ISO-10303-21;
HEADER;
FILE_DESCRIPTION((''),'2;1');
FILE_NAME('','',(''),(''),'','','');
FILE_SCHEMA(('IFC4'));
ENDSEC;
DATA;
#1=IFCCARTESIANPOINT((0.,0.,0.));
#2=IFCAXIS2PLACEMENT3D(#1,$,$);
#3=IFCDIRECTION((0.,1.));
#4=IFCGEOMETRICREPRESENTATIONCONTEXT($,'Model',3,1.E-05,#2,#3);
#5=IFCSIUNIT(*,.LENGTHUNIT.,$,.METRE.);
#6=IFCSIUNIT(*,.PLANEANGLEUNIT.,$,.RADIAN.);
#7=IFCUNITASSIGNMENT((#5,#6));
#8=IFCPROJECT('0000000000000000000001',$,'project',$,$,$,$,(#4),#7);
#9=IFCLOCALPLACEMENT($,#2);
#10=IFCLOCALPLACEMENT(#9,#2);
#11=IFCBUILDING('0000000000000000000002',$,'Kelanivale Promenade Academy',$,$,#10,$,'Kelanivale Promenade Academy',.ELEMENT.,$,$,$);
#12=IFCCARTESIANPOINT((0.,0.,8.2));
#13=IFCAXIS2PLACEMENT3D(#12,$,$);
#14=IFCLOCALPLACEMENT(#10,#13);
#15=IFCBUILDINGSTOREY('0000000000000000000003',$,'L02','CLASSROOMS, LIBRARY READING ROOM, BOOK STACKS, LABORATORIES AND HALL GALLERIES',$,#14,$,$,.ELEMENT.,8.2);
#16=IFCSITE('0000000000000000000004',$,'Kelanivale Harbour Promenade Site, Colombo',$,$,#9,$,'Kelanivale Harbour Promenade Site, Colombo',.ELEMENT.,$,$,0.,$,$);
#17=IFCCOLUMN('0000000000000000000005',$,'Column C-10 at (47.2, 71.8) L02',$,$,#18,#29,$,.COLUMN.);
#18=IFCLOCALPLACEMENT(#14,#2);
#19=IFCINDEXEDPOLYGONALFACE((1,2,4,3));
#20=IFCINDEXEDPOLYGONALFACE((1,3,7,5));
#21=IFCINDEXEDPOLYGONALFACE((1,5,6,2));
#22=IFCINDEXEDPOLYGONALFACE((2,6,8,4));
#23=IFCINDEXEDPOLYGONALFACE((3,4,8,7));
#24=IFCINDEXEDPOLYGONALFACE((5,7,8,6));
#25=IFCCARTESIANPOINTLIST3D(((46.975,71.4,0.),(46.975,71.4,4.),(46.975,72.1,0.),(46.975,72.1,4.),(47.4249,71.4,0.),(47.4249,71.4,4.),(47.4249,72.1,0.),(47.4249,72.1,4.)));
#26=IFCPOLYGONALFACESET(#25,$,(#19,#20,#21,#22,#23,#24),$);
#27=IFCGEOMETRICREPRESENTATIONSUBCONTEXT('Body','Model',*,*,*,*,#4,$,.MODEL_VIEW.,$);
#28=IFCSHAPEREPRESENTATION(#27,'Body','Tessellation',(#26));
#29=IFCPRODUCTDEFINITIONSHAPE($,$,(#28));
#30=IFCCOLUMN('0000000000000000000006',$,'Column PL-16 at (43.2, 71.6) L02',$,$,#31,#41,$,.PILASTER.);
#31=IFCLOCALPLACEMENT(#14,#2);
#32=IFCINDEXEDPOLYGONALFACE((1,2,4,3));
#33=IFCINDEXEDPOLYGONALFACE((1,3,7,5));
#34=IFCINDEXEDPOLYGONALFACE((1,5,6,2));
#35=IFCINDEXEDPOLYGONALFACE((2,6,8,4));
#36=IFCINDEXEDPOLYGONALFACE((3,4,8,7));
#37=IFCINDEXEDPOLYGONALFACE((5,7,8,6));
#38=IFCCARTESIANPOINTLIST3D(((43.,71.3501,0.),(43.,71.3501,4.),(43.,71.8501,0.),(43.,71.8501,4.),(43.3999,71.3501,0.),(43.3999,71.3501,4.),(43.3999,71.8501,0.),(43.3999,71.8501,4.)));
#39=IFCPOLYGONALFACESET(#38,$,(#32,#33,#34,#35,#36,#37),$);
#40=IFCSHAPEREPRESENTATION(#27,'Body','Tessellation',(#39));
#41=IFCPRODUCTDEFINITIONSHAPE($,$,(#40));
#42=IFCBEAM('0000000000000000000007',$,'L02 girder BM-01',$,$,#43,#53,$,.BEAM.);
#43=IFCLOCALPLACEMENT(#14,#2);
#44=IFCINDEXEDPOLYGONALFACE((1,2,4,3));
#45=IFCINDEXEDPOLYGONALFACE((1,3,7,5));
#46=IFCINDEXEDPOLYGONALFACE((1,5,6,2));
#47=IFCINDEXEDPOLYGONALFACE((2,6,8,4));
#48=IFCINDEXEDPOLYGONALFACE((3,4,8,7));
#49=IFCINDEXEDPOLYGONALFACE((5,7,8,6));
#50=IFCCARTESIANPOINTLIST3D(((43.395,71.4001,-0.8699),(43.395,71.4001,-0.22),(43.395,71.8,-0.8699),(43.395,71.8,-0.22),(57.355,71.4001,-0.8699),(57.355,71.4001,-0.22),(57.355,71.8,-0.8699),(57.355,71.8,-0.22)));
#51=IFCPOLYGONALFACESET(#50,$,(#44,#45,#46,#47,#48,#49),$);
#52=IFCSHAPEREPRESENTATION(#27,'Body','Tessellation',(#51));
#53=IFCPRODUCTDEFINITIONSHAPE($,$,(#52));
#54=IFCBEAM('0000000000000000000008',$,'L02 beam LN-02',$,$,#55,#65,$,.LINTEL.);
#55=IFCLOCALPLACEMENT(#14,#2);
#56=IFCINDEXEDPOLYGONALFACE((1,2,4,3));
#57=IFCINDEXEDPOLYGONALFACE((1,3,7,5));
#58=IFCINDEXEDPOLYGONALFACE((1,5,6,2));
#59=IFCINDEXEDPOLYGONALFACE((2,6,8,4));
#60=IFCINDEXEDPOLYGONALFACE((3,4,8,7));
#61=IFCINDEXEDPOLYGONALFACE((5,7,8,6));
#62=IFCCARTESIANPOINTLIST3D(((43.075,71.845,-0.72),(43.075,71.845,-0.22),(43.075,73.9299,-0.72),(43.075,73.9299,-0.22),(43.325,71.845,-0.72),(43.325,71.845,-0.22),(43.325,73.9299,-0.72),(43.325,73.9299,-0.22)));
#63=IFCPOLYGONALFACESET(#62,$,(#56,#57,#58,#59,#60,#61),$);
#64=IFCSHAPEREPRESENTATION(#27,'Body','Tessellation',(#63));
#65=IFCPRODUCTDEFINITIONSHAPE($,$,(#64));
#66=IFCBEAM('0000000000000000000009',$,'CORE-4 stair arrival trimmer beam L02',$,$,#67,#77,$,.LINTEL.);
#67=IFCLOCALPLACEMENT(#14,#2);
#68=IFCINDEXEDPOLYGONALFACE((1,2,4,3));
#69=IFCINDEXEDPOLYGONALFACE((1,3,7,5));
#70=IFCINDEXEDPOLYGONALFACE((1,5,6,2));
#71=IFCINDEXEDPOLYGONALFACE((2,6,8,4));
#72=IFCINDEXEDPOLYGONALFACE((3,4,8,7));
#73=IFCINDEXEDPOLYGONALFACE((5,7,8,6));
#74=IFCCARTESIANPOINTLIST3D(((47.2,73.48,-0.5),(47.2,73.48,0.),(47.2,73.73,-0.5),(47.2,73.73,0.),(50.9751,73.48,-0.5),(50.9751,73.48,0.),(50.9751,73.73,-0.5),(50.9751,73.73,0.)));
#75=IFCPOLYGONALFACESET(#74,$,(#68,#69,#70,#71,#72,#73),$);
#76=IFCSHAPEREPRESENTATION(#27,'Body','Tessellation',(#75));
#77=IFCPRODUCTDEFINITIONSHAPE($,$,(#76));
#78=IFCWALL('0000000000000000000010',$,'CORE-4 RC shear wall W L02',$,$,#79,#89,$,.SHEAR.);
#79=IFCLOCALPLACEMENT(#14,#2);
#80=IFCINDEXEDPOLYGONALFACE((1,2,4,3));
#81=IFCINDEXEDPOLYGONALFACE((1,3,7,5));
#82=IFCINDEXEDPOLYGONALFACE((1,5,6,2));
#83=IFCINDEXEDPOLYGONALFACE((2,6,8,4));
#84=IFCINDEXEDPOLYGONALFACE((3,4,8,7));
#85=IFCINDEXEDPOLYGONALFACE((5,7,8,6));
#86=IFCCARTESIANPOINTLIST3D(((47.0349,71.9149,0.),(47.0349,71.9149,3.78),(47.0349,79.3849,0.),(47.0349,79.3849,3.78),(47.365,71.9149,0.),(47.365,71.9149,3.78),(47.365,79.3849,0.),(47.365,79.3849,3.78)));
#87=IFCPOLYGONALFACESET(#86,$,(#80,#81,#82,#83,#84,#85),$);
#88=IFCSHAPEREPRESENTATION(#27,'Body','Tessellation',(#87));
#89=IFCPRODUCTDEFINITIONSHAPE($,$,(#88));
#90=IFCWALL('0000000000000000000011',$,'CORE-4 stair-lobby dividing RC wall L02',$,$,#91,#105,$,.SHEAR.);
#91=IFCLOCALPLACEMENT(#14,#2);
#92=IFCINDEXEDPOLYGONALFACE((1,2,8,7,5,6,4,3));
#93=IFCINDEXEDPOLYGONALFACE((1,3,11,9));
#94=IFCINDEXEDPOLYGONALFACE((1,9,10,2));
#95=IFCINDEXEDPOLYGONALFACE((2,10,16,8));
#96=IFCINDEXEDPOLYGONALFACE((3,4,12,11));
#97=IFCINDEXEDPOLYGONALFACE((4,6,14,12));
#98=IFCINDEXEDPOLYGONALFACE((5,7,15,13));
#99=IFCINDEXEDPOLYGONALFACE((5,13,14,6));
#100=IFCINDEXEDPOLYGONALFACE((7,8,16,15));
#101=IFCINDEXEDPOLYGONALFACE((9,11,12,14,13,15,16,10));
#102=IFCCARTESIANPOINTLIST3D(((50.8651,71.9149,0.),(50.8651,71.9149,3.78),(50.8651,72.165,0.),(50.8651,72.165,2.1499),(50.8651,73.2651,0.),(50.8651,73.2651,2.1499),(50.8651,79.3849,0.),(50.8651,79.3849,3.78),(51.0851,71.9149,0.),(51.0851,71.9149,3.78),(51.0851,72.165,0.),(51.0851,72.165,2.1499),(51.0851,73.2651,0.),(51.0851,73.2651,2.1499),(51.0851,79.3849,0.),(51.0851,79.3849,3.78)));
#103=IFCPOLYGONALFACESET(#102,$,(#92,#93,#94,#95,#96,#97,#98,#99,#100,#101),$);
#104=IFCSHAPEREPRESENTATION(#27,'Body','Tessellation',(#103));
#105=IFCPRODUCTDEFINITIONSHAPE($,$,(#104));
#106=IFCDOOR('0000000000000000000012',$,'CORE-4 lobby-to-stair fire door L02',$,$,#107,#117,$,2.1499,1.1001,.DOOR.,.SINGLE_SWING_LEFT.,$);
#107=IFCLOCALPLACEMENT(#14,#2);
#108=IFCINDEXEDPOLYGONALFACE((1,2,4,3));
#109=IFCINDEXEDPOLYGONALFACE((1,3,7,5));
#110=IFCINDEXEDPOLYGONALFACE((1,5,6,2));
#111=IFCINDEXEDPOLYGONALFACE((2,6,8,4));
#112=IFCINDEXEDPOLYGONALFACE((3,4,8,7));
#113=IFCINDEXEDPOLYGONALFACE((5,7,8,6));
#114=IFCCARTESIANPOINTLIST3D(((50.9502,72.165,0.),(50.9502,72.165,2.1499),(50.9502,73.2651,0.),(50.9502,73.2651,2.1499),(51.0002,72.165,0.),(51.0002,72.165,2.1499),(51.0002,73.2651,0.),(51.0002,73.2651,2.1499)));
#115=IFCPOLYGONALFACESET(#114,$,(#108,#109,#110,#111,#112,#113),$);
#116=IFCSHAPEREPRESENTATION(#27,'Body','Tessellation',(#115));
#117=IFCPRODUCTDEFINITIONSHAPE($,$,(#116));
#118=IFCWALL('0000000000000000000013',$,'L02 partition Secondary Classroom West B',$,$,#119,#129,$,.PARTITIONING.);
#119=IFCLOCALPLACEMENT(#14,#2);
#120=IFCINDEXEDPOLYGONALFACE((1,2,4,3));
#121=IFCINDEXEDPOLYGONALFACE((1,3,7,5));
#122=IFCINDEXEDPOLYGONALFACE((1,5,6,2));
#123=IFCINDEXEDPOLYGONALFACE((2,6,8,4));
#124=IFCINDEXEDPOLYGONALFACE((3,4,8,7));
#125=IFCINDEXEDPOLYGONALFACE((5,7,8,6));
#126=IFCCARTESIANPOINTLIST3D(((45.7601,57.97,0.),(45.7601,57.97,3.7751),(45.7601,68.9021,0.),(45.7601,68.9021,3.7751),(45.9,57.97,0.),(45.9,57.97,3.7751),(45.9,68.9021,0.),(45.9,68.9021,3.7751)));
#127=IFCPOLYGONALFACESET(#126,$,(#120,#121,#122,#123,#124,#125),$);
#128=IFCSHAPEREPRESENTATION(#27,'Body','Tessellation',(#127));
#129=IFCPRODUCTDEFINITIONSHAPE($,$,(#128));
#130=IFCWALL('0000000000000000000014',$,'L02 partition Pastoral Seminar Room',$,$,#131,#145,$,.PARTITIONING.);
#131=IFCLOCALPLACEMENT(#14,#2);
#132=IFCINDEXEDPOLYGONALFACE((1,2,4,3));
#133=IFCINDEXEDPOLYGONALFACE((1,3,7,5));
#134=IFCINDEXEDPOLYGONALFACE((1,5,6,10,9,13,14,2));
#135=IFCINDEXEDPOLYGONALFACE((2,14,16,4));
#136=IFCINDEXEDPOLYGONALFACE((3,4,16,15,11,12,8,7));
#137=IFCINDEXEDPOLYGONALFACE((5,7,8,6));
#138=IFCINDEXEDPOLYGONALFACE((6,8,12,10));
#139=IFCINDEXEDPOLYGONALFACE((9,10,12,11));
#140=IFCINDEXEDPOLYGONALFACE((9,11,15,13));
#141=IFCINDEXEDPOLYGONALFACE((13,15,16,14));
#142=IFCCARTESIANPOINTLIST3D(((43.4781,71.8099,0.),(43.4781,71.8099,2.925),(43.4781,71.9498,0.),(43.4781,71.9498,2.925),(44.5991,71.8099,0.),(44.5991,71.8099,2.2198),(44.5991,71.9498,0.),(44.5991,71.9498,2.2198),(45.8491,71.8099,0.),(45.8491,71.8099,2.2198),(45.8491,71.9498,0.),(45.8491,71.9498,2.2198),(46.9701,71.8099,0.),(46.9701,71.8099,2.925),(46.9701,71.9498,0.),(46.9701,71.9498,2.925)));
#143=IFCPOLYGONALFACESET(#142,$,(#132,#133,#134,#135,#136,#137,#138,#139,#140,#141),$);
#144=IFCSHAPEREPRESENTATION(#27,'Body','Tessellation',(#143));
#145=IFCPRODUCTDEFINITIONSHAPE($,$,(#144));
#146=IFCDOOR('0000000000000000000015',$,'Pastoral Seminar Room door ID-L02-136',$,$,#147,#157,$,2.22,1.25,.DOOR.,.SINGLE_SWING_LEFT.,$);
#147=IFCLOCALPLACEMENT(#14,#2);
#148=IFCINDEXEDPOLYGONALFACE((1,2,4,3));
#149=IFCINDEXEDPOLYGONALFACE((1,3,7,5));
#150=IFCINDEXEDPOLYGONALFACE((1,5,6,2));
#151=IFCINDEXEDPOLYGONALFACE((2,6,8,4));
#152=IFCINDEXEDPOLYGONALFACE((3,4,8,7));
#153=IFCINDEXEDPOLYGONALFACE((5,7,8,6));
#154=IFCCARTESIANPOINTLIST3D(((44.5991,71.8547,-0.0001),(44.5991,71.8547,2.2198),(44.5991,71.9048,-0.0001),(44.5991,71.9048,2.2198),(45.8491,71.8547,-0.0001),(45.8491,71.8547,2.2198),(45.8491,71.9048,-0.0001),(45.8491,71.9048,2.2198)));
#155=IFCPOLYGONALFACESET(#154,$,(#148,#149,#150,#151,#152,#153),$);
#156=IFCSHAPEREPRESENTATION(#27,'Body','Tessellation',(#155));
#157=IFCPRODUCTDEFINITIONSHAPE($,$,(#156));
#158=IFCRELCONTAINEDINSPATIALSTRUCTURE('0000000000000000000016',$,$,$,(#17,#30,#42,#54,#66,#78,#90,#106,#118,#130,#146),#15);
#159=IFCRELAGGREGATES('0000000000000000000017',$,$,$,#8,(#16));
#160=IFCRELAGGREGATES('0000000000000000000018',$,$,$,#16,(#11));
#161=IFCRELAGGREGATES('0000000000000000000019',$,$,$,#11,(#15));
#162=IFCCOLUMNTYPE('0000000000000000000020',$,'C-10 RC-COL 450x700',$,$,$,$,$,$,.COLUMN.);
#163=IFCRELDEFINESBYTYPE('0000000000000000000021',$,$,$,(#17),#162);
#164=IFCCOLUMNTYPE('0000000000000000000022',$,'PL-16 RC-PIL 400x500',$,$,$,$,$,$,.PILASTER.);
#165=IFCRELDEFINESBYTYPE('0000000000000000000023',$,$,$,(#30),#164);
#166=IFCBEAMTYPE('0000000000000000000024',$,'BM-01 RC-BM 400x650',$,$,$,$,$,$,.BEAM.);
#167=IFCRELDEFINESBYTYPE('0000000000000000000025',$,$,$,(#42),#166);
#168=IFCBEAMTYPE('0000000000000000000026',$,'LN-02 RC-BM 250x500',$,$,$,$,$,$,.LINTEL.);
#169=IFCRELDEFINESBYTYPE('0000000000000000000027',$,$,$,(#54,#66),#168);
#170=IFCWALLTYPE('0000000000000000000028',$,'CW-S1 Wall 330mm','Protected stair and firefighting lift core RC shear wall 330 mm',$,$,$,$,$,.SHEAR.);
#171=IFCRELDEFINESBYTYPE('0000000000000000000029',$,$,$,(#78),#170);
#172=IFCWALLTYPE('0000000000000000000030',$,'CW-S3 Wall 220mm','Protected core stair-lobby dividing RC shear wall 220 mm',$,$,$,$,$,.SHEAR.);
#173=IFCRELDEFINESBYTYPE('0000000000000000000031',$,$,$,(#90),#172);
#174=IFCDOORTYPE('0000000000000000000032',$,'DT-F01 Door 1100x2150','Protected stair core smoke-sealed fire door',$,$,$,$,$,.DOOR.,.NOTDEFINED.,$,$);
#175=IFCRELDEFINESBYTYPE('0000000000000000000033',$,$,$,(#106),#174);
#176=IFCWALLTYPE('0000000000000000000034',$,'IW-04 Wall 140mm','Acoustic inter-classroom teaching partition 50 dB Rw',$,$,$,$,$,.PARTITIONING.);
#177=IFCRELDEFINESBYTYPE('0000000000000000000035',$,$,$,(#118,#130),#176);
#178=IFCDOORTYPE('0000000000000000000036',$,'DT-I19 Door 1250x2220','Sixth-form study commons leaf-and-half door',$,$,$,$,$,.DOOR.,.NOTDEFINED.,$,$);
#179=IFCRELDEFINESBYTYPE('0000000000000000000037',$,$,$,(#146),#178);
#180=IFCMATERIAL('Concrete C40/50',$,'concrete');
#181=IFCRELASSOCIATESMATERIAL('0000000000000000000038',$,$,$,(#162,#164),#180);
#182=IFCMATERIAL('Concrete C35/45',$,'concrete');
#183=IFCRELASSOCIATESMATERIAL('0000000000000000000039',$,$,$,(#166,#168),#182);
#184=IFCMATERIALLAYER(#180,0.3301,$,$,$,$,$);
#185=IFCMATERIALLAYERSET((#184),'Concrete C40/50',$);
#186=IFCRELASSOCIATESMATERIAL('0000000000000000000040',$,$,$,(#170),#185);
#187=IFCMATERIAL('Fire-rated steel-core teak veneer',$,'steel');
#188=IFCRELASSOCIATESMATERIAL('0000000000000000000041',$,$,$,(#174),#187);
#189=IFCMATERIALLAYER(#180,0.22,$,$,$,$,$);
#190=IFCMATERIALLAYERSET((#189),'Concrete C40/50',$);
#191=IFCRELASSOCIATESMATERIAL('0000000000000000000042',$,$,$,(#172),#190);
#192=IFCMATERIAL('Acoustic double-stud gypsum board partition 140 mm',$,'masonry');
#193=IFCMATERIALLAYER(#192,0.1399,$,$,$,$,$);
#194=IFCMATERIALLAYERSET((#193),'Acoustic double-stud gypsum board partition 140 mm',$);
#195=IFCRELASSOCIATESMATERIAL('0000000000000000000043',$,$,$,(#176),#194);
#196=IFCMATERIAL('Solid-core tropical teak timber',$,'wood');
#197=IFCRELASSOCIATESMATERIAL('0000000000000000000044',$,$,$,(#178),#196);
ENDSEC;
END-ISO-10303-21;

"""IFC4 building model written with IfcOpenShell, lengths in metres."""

from ifc_helpers import new_model, si_unit, direction, frame, frame_2d, origin, origin_2d, place, context, subcontext, project, spatial, rectangle, extrude, material, layer, layer_set, material_profile, profile_set, type_object, element, fill, save


model = new_model("IFC4")

# Units and contexts
model_context = context("Model", 3, precision=1e-05, world=origin(), true_north=direction((0.0, 1.0)))
body_context = subcontext(model_context, "Body", "Model", "MODEL_VIEW")
ifc_project = project(units=[si_unit("LENGTHUNIT", "METRE"), si_unit("PLANEANGLEUNIT", "RADIAN")], contexts=[model_context])

# Site, building, storey
site_placement = place(None, origin())
site = spatial("IfcSite", under=ifc_project, at=site_placement, Name="Kelanivale Harbour Promenade Site, Colombo", LongName="Kelanivale Harbour Promenade Site, Colombo", CompositionType="ELEMENT", RefElevation=0.0)
building_placement = place(site_placement, origin())
building = spatial("IfcBuilding", under=site, at=building_placement, Name="Kelanivale Promenade Academy", LongName="Kelanivale Promenade Academy", CompositionType="ELEMENT")
storey_placement = place(building_placement, frame((0.0, 0.0, 8.2)))
storey = spatial("IfcBuildingStorey", under=building, at=storey_placement, Name="L02", Description="CLASSROOMS, LIBRARY READING ROOM, BOOK STACKS, LABORATORIES AND HALL GALLERIES", CompositionType="ELEMENT", Elevation=8.2)

# Columns
ifc_material_1 = material(Name="Concrete C40/50", Category="concrete")
ifc_material_profile_1 = material_profile(ifc_material_1, rectangle(XDim=0.45, YDim=0.7, at=origin_2d()), Name="RC-COL 450x700")
ifc_profile_set_1 = profile_set([ifc_material_profile_1], Name="Concrete C40/50")
column_type_1 = type_object("IfcColumnType", Name="C-10 RC-COL 450x700", PredefinedType="COLUMN", material=ifc_profile_set_1)
column_1_placement = place(storey_placement, frame((47.2, 71.75, 0.0), z_axis=(0.0, 0.0, 1.0), x_axis=(1.0, 0.0, 0.0)))
element("IfcColumn", 1, at=column_1_placement, inside=storey, type_object=column_type_1, Name="Column C-10 at (47.2, 71.8) L02", PredefinedType="COLUMN", context=body_context, shape_type="SweptSolid", body=[
    extrude(rectangle(XDim=0.45, YDim=0.7, at=origin_2d()), origin(), (0.0, 0.0, 1.0), 4.0),
])
ifc_material_profile_2 = material_profile(ifc_material_1, rectangle(XDim=0.3999, YDim=0.5, at=origin_2d()), Name="RC-PIL 400x500")
ifc_profile_set_2 = profile_set([ifc_material_profile_2], Name="Concrete C40/50")
column_type_2 = type_object("IfcColumnType", Name="PL-16 RC-PIL 400x500", PredefinedType="PILASTER", material=ifc_profile_set_2)
column_2_placement = place(storey_placement, frame((43.2, 71.6001, 0.0), z_axis=(0.0, 0.0, 1.0), x_axis=(1.0, 0.0, 0.0)))
element("IfcColumn", 2, at=column_2_placement, inside=storey, type_object=column_type_2, Name="Column PL-16 at (43.2, 71.6) L02", PredefinedType="PILASTER", context=body_context, shape_type="SweptSolid", body=[
    extrude(rectangle(XDim=0.3999, YDim=0.5, at=origin_2d()), origin(), (0.0, 0.0, 1.0), 4.0),
])

# Beams
ifc_material_2 = material(Name="Concrete C35/45", Category="concrete")
ifc_material_profile_3 = material_profile(ifc_material_2, rectangle(XDim=0.3999, YDim=0.6499, at=origin_2d()), Name="RC-BM 400x650")
ifc_profile_set_3 = profile_set([ifc_material_profile_3], Name="Concrete C35/45")
beam_type_1 = type_object("IfcBeamType", Name="BM-01 RC-BM 400x650", PredefinedType="BEAM", material=ifc_profile_set_3)
beam_1_placement = place(storey_placement, frame((43.395, 71.6001, -0.5449), z_axis=(1.0, 0.0, 0.0), x_axis=(0.0, 1.0, 0.0)))
element("IfcBeam", 3, at=beam_1_placement, inside=storey, type_object=beam_type_1, Name="L02 girder BM-01", PredefinedType="BEAM", context=body_context, shape_type="SweptSolid", body=[
    extrude(rectangle(XDim=0.3999, YDim=0.6499, at=origin_2d()), origin(), (0.0, 0.0, 1.0), 13.96),
])
ifc_material_profile_4 = material_profile(ifc_material_2, rectangle(XDim=0.25, YDim=0.5, at=origin_2d()), Name="RC-BM 250x500")
ifc_profile_set_4 = profile_set([ifc_material_profile_4], Name="Concrete C35/45")
beam_type_2 = type_object("IfcBeamType", Name="LN-02 RC-BM 250x500", PredefinedType="LINTEL", material=ifc_profile_set_4)
beam_2_placement = place(storey_placement, frame((43.2, 71.845, -0.47), z_axis=(0.0, 1.0, 0.0), x_axis=(-1.0, 0.0, 0.0)))
element("IfcBeam", 4, at=beam_2_placement, inside=storey, type_object=beam_type_2, Name="L02 beam LN-02", PredefinedType="LINTEL", context=body_context, shape_type="SweptSolid", body=[
    extrude(rectangle(XDim=0.25, YDim=0.5, at=origin_2d()), origin(), (0.0, 0.0, 1.0), 2.085),
])
beam_3_placement = place(storey_placement, frame((47.2, 73.605, -0.25), z_axis=(1.0, 0.0, 0.0), x_axis=(0.0, 1.0, 0.0)))
element("IfcBeam", 5, at=beam_3_placement, inside=storey, type_object=beam_type_2, Name="CORE-4 stair arrival trimmer beam L02", PredefinedType="LINTEL", context=body_context, shape_type="SweptSolid", body=[
    extrude(rectangle(XDim=0.25, YDim=0.5, at=origin_2d()), origin(), (0.0, 0.0, 1.0), 3.7751),
])

# Shared definitions
ifc_layer_1 = layer(ifc_material_1, 0.3301)
ifc_layer_set_1 = layer_set([ifc_layer_1], Name="Concrete C40/50")
wall_type_1 = type_object("IfcWallType", Name="CW-S1 Wall 330mm", Description="Protected stair and firefighting lift core RC shear wall 330 mm", PredefinedType="SHEAR", material=ifc_layer_set_1)
ifc_material_3 = material(Name="Fire-rated steel-core teak veneer", Category="steel")
door_type_1 = type_object("IfcDoorType", Name="DT-F01 Door 1100x2150", Description="Protected stair core smoke-sealed fire door", OperationType="NOTDEFINED", PredefinedType="DOOR", material=ifc_material_3)

# Wall
wall_1_placement = place(storey_placement, frame((47.2, 71.915, 0.0), z_axis=(0.0, 0.0, 1.0), x_axis=(0.0, 1.0, 0.0)))
element("IfcWall", 6, at=wall_1_placement, inside=storey, type_object=wall_type_1, Name="CORE-4 RC shear wall W L02", PredefinedType="SHEAR", context=body_context, shape_type="SweptSolid", body=[
    extrude(rectangle(XDim=7.47, YDim=0.3301, at=frame_2d((3.7349, 0.0))), origin(), (0.0, 0.0, 1.0), 3.78),
])

# Wall, opening, door
ifc_layer_2 = layer(ifc_material_1, 0.22)
ifc_layer_set_2 = layer_set([ifc_layer_2], Name="Concrete C40/50")
wall_type_2 = type_object("IfcWallType", Name="CW-S3 Wall 220mm", Description="Protected core stair-lobby dividing RC shear wall 220 mm", PredefinedType="SHEAR", material=ifc_layer_set_2)
wall_2_placement = place(storey_placement, frame((50.9751, 71.915, 0.0), z_axis=(0.0, 0.0, 1.0), x_axis=(0.0, 1.0, 0.0)))
wall_2 = element("IfcWall", 7, at=wall_2_placement, inside=storey, type_object=wall_type_2, Name="CORE-4 stair-lobby dividing RC wall L02", PredefinedType="SHEAR", context=body_context, shape_type="SweptSolid", body=[
    extrude(rectangle(XDim=7.47, YDim=0.22, at=frame_2d((3.7349, 0.0))), origin(), (0.0, 0.0, 1.0), 3.78),
])
opening_1_placement = place(wall_2_placement, frame((0.25, 0.0, 0.0)))
opening_1 = element("IfcOpeningElement", 8, at=opening_1_placement, cuts=wall_2, PredefinedType="OPENING", context=body_context, shape_type="SweptSolid", body=[
    extrude(rectangle(XDim=1.1001, YDim=2.1499, at=frame_2d((0.55, 1.075))), frame((0.0, 0.1201, 0.0), z_axis=(0.0, -1.0, 0.0), x_axis=(1.0, 0.0, 0.0)), (0.0, 0.0, 1.0), 0.24),
])
door_1_placement = place(opening_1_placement, origin())
door_1 = element("IfcDoor", 9, at=door_1_placement, inside=storey, type_object=door_type_1, Name="CORE-4 lobby-to-stair fire door L02", OperationType="SINGLE_SWING_LEFT", OverallHeight=2.1499, OverallWidth=1.1001, PredefinedType="DOOR", context=body_context, shape_type="SweptSolid", body=[
    extrude(rectangle(XDim=1.1001, YDim=2.1499, at=frame_2d((0.55, 1.075))), frame((0.0, 0.0249, 0.0), z_axis=(0.0, -1.0, 0.0), x_axis=(1.0, 0.0, 0.0)), (0.0, 0.0, 1.0), 0.05),
])
fill(opening_1, door_1)

# Wall
ifc_material_4 = material(Name="Acoustic double-stud gypsum board partition 140 mm", Category="masonry")
ifc_layer_3 = layer(ifc_material_4, 0.1399)
ifc_layer_set_3 = layer_set([ifc_layer_3], Name="Acoustic double-stud gypsum board partition 140 mm")
wall_type_3 = type_object("IfcWallType", Name="IW-04 Wall 140mm", Description="Acoustic inter-classroom teaching partition 50 dB Rw", PredefinedType="PARTITIONING", material=ifc_layer_set_3)
wall_3_placement = place(storey_placement, frame((45.8301, 68.9021, 0.0), z_axis=(0.0, 0.0, 1.0), x_axis=(0.0, -1.0, 0.0)))
element("IfcWall", 10, at=wall_3_placement, inside=storey, type_object=wall_type_3, Name="L02 partition Secondary Classroom West B", PredefinedType="PARTITIONING", context=body_context, shape_type="SweptSolid", body=[
    extrude(rectangle(XDim=10.9321, YDim=0.1399, at=frame_2d((5.4661, 0.0))), origin(), (0.0, 0.0, 1.0), 3.7751),
])

# Wall, opening, door
wall_4_placement = place(storey_placement, frame((43.478, 71.8799, 0.0), z_axis=(0.0, 0.0, 1.0), x_axis=(1.0, 0.0, 0.0)))
wall_4 = element("IfcWall", 11, at=wall_4_placement, inside=storey, type_object=wall_type_3, Name="L02 partition Pastoral Seminar Room", PredefinedType="PARTITIONING", context=body_context, shape_type="SweptSolid", body=[
    extrude(rectangle(XDim=3.4919, YDim=0.1399, at=frame_2d((1.7461, 0.0))), origin(), (0.0, 0.0, 1.0), 2.925),
])
opening_2_placement = place(wall_4_placement, frame((1.1211, 0.0, 0.0)))
opening_2 = element("IfcOpeningElement", 12, at=opening_2_placement, cuts=wall_4, PredefinedType="OPENING", context=body_context, shape_type="SweptSolid", body=[
    extrude(rectangle(XDim=1.25, YDim=2.22, at=frame_2d((0.625, 1.1099))), frame((0.0, 0.0801, 0.0), z_axis=(0.0, -1.0, 0.0), x_axis=(1.0, 0.0, 0.0)), (0.0, 0.0, 1.0), 0.1599),
])
ifc_material_5 = material(Name="Solid-core tropical teak timber", Category="wood")
door_type_2 = type_object("IfcDoorType", Name="DT-I19 Door 1250x2220", Description="Sixth-form study commons leaf-and-half door", OperationType="NOTDEFINED", PredefinedType="DOOR", material=ifc_material_5)
door_2_placement = place(opening_2_placement, origin())
door_2 = element("IfcDoor", 13, at=door_2_placement, inside=storey, type_object=door_type_2, Name="Pastoral Seminar Room door ID-L02-136", OperationType="SINGLE_SWING_LEFT", OverallHeight=2.22, OverallWidth=1.25, PredefinedType="DOOR", context=body_context, shape_type="SweptSolid", body=[
    extrude(rectangle(XDim=1.25, YDim=2.22, at=frame_2d((0.625, 1.1099))), frame((0.0, 0.0249, 0.0), z_axis=(0.0, -1.0, 0.0), x_axis=(1.0, 0.0, 0.0)), (0.0, 0.0, 1.0), 0.05),
])
fill(opening_2, door_2)

save(model, "model.ifc")
